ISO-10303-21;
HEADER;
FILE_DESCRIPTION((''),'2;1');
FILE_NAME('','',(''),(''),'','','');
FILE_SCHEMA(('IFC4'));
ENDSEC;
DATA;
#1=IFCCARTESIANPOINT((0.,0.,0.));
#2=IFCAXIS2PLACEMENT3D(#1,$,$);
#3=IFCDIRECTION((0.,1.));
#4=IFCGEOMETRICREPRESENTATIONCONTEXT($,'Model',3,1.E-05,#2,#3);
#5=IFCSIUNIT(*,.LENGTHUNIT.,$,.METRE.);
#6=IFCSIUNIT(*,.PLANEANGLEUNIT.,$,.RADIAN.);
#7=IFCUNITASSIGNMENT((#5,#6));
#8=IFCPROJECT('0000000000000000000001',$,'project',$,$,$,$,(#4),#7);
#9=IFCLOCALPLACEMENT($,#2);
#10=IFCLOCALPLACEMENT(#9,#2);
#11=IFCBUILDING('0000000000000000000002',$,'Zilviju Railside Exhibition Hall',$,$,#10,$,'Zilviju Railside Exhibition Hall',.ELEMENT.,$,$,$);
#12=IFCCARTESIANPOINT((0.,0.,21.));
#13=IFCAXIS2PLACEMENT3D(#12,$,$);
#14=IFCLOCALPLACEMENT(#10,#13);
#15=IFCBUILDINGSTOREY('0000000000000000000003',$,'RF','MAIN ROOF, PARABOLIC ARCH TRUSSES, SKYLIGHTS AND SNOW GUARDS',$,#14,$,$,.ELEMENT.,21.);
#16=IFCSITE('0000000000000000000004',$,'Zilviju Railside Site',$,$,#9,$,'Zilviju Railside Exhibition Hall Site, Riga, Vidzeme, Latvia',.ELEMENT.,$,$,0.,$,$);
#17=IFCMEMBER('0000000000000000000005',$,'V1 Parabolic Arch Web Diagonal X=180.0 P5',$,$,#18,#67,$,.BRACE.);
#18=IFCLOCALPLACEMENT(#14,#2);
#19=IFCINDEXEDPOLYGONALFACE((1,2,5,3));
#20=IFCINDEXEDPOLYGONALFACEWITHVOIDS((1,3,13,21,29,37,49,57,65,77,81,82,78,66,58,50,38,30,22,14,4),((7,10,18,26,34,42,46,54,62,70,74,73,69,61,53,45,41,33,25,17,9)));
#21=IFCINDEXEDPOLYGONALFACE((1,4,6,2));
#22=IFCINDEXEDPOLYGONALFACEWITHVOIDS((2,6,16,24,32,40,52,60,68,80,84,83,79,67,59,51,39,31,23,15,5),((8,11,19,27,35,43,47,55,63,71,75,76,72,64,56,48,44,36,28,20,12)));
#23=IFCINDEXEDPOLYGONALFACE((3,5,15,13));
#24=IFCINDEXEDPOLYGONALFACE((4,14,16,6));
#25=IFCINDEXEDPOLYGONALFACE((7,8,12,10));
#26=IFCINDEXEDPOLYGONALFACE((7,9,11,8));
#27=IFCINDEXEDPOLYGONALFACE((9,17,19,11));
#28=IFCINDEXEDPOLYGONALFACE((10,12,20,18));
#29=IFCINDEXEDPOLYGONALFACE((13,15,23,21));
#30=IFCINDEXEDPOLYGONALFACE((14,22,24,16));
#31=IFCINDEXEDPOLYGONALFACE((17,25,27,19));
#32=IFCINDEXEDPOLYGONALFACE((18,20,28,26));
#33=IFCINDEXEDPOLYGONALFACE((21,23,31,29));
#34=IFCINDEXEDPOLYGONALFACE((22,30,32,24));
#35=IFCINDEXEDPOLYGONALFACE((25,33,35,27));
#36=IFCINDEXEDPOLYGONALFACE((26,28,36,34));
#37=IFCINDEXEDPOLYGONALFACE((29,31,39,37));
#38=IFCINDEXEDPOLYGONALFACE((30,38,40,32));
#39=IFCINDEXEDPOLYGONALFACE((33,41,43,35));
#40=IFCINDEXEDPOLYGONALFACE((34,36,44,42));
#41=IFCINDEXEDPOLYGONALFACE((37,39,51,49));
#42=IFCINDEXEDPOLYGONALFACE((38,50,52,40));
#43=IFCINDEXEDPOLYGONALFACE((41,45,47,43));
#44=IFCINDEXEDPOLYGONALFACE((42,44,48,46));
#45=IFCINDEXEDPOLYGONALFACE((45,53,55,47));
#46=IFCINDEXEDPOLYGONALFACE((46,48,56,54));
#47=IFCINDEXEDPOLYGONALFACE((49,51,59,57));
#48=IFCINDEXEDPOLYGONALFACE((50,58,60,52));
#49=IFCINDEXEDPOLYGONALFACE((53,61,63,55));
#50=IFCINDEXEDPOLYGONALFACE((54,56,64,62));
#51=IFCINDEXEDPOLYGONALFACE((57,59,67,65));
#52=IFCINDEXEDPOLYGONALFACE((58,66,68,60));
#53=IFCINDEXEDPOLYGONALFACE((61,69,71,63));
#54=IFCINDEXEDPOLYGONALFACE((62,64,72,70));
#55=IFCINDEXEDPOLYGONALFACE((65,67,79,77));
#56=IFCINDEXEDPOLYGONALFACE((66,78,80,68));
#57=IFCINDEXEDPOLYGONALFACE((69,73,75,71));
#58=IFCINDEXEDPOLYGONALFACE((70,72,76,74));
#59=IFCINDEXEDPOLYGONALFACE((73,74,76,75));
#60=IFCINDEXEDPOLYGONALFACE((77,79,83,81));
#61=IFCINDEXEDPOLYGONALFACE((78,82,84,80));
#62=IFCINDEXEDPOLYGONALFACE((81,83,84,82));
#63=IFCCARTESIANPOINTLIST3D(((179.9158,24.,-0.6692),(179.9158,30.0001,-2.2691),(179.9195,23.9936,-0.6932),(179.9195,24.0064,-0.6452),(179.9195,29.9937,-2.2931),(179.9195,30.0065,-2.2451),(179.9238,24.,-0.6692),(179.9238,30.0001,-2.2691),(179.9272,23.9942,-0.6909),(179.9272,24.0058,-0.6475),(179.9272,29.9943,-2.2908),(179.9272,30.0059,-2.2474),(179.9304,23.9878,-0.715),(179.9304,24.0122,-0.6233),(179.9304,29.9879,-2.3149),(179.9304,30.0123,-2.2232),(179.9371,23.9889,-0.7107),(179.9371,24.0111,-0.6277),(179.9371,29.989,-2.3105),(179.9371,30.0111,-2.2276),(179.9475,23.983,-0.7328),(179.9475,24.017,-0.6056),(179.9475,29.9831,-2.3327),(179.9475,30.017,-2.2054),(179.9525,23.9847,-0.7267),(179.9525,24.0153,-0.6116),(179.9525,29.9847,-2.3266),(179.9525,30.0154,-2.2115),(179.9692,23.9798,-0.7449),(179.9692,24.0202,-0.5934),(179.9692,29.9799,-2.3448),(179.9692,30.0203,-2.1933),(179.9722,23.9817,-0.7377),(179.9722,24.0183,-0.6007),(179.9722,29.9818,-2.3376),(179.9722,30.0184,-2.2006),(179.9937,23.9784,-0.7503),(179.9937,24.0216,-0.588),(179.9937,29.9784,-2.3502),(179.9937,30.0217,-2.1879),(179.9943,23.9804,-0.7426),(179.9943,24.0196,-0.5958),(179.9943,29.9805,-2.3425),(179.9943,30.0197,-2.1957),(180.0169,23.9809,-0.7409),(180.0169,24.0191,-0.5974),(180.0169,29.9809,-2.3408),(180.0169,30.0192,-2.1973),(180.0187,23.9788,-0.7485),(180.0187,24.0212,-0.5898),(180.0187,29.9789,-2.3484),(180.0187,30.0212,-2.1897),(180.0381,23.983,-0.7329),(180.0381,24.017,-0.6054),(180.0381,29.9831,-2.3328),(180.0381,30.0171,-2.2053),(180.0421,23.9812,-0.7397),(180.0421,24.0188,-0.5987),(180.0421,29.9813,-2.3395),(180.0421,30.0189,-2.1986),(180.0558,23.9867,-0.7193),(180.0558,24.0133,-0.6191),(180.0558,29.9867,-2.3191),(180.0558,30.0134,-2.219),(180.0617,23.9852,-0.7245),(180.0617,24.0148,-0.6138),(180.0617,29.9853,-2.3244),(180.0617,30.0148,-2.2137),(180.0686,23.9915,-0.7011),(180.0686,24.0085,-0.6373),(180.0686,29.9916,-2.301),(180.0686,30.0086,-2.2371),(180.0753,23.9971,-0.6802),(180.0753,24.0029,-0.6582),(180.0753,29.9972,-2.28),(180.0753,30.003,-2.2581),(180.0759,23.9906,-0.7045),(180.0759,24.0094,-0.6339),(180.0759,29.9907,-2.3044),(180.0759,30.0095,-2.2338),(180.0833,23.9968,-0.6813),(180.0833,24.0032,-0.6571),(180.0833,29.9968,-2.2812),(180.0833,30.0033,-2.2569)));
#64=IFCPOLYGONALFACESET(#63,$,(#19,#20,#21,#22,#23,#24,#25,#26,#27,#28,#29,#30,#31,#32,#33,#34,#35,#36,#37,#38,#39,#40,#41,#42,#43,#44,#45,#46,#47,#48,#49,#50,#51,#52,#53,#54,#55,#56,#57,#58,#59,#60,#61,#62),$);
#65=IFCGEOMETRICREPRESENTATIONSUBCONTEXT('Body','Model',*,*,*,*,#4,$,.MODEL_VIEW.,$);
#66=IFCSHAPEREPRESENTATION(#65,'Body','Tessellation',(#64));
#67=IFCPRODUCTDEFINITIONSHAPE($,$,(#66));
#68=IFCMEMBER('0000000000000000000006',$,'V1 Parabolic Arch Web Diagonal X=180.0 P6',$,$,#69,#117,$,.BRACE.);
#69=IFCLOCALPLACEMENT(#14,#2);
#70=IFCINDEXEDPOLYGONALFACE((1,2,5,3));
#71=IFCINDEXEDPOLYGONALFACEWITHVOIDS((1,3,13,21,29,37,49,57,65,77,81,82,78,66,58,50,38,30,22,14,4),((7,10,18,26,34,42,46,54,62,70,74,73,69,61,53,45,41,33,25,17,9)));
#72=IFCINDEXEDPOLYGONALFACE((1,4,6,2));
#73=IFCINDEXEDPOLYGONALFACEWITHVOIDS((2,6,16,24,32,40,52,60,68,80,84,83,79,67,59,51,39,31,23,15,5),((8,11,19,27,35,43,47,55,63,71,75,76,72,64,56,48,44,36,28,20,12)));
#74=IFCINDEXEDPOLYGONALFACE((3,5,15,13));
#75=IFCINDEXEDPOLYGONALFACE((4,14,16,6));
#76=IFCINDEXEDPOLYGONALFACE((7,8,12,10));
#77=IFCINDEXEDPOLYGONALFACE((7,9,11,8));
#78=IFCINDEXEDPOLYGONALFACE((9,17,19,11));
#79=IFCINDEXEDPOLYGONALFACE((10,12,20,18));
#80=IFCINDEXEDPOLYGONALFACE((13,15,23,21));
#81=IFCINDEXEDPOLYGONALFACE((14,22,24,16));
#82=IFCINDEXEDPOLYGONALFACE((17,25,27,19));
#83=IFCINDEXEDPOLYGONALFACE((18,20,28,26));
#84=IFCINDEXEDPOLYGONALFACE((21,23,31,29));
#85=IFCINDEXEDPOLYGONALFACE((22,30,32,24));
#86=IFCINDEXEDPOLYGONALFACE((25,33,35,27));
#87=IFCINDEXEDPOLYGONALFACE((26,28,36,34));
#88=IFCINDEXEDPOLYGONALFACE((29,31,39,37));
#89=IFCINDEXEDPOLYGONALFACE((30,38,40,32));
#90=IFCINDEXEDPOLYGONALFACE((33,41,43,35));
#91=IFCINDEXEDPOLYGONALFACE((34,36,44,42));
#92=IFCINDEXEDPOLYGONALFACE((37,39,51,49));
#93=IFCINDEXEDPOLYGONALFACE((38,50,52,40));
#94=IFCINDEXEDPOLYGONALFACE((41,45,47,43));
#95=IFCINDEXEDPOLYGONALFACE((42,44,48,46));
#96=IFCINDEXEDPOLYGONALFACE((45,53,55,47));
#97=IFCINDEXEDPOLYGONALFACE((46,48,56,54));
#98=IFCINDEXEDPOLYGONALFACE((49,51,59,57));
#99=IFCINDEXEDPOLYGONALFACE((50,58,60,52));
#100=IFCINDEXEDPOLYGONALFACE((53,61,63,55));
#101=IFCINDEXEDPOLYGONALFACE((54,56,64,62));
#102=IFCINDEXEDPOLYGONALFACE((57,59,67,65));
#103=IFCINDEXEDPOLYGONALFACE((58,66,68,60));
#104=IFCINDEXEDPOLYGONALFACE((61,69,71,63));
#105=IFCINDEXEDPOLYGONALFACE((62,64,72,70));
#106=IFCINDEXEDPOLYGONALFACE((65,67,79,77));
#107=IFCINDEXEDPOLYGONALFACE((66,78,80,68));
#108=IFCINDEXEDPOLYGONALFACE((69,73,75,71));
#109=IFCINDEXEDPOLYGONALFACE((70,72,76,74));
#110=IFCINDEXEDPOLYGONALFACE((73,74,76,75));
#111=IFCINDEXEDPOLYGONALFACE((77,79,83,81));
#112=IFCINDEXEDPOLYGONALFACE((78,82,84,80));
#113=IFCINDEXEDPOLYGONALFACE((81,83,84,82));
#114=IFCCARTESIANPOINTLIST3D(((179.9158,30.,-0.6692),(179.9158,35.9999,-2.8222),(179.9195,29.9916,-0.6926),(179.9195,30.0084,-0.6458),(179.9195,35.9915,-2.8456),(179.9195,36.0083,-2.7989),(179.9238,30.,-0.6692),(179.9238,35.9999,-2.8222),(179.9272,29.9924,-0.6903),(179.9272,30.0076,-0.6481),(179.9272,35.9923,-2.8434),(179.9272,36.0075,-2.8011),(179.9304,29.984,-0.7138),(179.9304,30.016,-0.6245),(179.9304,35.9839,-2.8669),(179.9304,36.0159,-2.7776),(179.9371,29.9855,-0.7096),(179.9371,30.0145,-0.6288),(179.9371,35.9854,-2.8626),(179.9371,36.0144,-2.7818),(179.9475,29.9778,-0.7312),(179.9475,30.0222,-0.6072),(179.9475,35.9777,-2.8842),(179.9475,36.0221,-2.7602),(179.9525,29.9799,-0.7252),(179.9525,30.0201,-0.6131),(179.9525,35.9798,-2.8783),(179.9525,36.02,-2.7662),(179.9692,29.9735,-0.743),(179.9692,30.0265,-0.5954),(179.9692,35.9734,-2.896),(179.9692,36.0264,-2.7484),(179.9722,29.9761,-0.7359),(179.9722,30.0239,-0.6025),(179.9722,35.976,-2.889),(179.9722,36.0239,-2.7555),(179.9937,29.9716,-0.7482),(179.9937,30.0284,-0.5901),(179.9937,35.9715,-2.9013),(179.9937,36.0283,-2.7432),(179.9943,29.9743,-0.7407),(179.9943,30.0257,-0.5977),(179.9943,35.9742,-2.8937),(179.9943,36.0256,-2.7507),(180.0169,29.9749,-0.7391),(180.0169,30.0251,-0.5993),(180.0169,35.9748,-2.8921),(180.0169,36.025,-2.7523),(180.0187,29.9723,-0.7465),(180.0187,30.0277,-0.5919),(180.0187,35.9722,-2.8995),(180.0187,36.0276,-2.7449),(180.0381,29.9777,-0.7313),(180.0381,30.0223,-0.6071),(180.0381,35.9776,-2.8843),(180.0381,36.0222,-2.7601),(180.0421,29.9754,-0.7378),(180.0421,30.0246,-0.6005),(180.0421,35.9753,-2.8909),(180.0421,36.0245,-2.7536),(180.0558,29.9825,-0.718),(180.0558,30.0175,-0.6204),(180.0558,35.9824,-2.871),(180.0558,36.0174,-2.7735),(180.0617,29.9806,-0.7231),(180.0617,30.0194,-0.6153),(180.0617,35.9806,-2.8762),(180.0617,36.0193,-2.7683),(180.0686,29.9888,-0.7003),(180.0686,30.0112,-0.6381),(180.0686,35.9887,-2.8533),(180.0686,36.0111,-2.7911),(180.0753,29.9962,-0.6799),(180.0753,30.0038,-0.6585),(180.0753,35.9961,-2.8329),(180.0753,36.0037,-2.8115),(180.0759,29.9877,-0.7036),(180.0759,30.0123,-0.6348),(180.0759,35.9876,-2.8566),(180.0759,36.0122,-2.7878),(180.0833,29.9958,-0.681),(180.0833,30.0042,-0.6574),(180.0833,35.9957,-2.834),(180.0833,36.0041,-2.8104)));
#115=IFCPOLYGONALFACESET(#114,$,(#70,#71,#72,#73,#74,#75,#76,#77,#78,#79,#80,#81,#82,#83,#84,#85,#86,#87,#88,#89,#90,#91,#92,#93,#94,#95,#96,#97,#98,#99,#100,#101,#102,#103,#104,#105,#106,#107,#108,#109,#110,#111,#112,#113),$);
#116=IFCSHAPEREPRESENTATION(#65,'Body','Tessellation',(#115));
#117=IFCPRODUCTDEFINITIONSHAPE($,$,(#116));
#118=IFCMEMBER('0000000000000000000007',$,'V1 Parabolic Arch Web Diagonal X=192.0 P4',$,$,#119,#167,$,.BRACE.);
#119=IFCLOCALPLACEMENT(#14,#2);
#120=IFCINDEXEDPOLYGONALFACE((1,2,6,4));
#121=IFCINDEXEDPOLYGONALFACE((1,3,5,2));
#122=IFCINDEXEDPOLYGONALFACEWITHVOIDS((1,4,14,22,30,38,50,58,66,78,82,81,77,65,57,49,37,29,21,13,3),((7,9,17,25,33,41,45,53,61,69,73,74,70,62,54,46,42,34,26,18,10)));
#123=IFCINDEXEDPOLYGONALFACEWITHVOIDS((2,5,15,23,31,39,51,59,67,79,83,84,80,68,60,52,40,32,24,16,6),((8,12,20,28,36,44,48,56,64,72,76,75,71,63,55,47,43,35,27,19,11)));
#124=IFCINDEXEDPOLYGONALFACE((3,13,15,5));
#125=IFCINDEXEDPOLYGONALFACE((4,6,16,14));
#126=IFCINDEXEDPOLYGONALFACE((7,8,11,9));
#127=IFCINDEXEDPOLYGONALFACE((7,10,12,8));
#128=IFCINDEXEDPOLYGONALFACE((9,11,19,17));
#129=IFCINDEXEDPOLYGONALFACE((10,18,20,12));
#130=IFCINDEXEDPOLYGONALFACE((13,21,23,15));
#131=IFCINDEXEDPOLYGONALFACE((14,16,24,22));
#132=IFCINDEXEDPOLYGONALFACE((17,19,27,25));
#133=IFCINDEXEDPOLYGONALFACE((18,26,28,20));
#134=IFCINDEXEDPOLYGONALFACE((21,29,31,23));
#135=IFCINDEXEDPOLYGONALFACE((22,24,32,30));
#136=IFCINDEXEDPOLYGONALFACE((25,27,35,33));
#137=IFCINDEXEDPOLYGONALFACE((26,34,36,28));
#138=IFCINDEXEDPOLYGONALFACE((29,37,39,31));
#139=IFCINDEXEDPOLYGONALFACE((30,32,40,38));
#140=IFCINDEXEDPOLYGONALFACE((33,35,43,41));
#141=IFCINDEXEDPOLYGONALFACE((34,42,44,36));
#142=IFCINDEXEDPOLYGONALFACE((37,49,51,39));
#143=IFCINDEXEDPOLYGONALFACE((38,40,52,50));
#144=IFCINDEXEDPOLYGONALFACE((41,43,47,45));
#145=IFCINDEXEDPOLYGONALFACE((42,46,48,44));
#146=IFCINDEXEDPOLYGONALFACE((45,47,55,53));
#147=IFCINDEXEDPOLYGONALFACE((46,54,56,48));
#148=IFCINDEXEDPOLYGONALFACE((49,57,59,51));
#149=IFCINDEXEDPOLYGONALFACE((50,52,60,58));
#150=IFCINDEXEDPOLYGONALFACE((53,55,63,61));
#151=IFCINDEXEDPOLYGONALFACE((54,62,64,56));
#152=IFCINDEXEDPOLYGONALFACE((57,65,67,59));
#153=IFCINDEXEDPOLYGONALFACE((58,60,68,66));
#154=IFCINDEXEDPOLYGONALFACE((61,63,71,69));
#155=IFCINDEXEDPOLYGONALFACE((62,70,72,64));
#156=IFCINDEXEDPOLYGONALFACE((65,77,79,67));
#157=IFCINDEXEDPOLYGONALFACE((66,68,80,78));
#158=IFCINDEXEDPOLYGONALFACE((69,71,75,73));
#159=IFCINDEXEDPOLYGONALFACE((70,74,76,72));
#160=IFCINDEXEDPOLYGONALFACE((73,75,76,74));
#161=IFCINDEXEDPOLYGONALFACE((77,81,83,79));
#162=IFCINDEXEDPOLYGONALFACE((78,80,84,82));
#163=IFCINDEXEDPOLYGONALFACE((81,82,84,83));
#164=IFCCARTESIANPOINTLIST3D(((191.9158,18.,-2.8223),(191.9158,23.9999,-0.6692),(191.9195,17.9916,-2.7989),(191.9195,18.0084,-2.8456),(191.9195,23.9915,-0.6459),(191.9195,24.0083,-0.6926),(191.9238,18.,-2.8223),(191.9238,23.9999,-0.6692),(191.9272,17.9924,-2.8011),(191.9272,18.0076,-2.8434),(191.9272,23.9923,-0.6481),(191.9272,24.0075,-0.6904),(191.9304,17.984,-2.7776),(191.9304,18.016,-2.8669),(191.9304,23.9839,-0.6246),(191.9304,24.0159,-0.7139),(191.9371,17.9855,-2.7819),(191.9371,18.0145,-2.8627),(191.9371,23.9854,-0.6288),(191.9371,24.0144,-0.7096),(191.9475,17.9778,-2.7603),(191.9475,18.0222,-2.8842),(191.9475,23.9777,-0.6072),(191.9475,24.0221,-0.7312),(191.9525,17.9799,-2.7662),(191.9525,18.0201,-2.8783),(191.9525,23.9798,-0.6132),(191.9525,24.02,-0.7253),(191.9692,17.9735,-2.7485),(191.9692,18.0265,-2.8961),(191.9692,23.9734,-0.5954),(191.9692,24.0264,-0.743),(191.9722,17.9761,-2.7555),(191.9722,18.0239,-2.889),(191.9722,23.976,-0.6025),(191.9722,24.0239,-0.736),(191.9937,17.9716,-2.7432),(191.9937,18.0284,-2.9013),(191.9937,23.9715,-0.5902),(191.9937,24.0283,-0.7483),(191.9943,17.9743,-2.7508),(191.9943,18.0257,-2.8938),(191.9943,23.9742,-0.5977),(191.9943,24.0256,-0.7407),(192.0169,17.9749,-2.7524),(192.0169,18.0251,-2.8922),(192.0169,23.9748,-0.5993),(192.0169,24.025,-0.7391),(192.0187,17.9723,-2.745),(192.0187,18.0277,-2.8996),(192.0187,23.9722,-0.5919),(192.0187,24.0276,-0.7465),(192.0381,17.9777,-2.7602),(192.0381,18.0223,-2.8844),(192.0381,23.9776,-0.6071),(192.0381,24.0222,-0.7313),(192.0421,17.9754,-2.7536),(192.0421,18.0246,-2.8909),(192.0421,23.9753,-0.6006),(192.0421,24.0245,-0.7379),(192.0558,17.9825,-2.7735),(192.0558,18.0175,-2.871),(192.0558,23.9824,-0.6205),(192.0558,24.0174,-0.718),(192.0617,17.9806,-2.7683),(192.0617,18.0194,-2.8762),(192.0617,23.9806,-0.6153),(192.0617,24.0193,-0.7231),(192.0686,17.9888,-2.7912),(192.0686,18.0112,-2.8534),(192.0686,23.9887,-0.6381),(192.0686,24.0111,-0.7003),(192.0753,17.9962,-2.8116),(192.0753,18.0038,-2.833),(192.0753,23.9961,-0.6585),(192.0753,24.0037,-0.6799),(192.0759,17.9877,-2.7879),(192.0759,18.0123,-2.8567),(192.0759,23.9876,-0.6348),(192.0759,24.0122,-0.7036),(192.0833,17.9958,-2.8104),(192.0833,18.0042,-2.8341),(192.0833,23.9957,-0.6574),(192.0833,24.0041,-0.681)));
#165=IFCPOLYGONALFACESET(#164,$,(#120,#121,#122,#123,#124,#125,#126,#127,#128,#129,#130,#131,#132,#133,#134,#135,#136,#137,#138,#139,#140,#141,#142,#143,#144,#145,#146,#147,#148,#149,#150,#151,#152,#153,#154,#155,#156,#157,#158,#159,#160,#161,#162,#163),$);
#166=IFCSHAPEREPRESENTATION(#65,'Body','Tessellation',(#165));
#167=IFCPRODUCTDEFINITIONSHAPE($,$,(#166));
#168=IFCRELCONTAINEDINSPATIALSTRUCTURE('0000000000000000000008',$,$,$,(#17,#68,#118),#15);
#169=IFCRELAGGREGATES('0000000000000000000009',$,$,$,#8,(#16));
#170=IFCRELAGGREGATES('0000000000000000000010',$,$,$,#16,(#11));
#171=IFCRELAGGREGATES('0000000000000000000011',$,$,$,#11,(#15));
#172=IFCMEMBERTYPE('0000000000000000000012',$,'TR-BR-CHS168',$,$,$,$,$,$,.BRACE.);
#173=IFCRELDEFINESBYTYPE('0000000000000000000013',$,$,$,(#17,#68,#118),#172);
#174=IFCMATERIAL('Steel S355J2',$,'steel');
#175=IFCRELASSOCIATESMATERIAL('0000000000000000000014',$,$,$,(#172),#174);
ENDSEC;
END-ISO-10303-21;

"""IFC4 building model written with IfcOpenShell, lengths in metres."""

from ifc_helpers import new_model, si_unit, direction, frame, origin, origin_2d, place, context, subcontext, project, spatial, hollow_circle, extrude, material, material_profile, profile_set, type_object, element, save


model = new_model("IFC4")

# Units and contexts
model_context = context("Model", 3, precision=1e-05, world=origin(), true_north=direction((0.0, 1.0)))
body_context = subcontext(model_context, "Body", "Model", "MODEL_VIEW")
ifc_project = project(units=[si_unit("LENGTHUNIT", "METRE"), si_unit("PLANEANGLEUNIT", "RADIAN")], contexts=[model_context])

# Site, building, storey
site_placement = place(None, origin())
site = spatial("IfcSite", under=ifc_project, at=site_placement, Name="Zilviju Railside Site", LongName="Zilviju Railside Exhibition Hall Site, Riga, Vidzeme, Latvia", CompositionType="ELEMENT", RefElevation=0.0)
building_placement = place(site_placement, origin())
building = spatial("IfcBuilding", under=site, at=building_placement, Name="Zilviju Railside Exhibition Hall", LongName="Zilviju Railside Exhibition Hall", CompositionType="ELEMENT")
storey_placement = place(building_placement, frame((0.0, 0.0, 21.0)))
storey = spatial("IfcBuildingStorey", under=building, at=storey_placement, Name="RF", Description="MAIN ROOF, PARABOLIC ARCH TRUSSES, SKYLIGHTS AND SNOW GUARDS", CompositionType="ELEMENT", Elevation=21.0)

# Members
ifc_material_1 = material(Name="Steel S355J2", Category="steel")
ifc_material_profile_1 = material_profile(ifc_material_1, hollow_circle(Radius=0.0842, WallThickness=0.0081, at=origin_2d()), Name="CHS 168.3x8.0")
ifc_profile_set_1 = profile_set([ifc_material_profile_1], Name="Steel S355J2")
member_type_1 = type_object("IfcMemberType", Name="TR-BR-CHS168", PredefinedType="BRACE", material=ifc_profile_set_1)
member_1_placement = place(storey_placement, frame((180.0, 24.0, -0.6692), z_axis=(0.0, 0.966241, -0.257641), x_axis=(-1.0, 0.0, 0.0)))
element("IfcMember", 1, at=member_1_placement, inside=storey, type_object=member_type_1, Name="V1 Parabolic Arch Web Diagonal X=180.0 P5", PredefinedType="BRACE", context=body_context, shape_type="SweptSolid", body=[
    extrude(hollow_circle(Radius=0.0842, WallThickness=0.0081, at=origin_2d()), origin(), (0.0, 0.0, 1.0), 6.2097),
])
for number, where, z_axis, x_axis, name in (
    (2, (180.0, 30.0, -0.6692), (0.0, 0.941233, -0.337758), (-1.0, 0.0, 0.0), "V1 Parabolic Arch Web Diagonal X=180.0 P6"),
    (3, (192.0, 18.0, -2.8223), (0.0, 0.941233, 0.337758), (-1.0, 0.0, 0.0), "V1 Parabolic Arch Web Diagonal X=192.0 P4"),
):
    element("IfcMember", number, at=place(storey_placement, frame(where, z_axis=z_axis, x_axis=x_axis)), inside=storey, type_object=member_type_1, Name=name, PredefinedType="BRACE", context=body_context, shape_type="SweptSolid", body=[
        extrude(hollow_circle(Radius=0.0842, WallThickness=0.0081, at=origin_2d()), origin(), (0.0, 0.0, 1.0), 6.3745),
    ])

save(model, "model.ifc")
